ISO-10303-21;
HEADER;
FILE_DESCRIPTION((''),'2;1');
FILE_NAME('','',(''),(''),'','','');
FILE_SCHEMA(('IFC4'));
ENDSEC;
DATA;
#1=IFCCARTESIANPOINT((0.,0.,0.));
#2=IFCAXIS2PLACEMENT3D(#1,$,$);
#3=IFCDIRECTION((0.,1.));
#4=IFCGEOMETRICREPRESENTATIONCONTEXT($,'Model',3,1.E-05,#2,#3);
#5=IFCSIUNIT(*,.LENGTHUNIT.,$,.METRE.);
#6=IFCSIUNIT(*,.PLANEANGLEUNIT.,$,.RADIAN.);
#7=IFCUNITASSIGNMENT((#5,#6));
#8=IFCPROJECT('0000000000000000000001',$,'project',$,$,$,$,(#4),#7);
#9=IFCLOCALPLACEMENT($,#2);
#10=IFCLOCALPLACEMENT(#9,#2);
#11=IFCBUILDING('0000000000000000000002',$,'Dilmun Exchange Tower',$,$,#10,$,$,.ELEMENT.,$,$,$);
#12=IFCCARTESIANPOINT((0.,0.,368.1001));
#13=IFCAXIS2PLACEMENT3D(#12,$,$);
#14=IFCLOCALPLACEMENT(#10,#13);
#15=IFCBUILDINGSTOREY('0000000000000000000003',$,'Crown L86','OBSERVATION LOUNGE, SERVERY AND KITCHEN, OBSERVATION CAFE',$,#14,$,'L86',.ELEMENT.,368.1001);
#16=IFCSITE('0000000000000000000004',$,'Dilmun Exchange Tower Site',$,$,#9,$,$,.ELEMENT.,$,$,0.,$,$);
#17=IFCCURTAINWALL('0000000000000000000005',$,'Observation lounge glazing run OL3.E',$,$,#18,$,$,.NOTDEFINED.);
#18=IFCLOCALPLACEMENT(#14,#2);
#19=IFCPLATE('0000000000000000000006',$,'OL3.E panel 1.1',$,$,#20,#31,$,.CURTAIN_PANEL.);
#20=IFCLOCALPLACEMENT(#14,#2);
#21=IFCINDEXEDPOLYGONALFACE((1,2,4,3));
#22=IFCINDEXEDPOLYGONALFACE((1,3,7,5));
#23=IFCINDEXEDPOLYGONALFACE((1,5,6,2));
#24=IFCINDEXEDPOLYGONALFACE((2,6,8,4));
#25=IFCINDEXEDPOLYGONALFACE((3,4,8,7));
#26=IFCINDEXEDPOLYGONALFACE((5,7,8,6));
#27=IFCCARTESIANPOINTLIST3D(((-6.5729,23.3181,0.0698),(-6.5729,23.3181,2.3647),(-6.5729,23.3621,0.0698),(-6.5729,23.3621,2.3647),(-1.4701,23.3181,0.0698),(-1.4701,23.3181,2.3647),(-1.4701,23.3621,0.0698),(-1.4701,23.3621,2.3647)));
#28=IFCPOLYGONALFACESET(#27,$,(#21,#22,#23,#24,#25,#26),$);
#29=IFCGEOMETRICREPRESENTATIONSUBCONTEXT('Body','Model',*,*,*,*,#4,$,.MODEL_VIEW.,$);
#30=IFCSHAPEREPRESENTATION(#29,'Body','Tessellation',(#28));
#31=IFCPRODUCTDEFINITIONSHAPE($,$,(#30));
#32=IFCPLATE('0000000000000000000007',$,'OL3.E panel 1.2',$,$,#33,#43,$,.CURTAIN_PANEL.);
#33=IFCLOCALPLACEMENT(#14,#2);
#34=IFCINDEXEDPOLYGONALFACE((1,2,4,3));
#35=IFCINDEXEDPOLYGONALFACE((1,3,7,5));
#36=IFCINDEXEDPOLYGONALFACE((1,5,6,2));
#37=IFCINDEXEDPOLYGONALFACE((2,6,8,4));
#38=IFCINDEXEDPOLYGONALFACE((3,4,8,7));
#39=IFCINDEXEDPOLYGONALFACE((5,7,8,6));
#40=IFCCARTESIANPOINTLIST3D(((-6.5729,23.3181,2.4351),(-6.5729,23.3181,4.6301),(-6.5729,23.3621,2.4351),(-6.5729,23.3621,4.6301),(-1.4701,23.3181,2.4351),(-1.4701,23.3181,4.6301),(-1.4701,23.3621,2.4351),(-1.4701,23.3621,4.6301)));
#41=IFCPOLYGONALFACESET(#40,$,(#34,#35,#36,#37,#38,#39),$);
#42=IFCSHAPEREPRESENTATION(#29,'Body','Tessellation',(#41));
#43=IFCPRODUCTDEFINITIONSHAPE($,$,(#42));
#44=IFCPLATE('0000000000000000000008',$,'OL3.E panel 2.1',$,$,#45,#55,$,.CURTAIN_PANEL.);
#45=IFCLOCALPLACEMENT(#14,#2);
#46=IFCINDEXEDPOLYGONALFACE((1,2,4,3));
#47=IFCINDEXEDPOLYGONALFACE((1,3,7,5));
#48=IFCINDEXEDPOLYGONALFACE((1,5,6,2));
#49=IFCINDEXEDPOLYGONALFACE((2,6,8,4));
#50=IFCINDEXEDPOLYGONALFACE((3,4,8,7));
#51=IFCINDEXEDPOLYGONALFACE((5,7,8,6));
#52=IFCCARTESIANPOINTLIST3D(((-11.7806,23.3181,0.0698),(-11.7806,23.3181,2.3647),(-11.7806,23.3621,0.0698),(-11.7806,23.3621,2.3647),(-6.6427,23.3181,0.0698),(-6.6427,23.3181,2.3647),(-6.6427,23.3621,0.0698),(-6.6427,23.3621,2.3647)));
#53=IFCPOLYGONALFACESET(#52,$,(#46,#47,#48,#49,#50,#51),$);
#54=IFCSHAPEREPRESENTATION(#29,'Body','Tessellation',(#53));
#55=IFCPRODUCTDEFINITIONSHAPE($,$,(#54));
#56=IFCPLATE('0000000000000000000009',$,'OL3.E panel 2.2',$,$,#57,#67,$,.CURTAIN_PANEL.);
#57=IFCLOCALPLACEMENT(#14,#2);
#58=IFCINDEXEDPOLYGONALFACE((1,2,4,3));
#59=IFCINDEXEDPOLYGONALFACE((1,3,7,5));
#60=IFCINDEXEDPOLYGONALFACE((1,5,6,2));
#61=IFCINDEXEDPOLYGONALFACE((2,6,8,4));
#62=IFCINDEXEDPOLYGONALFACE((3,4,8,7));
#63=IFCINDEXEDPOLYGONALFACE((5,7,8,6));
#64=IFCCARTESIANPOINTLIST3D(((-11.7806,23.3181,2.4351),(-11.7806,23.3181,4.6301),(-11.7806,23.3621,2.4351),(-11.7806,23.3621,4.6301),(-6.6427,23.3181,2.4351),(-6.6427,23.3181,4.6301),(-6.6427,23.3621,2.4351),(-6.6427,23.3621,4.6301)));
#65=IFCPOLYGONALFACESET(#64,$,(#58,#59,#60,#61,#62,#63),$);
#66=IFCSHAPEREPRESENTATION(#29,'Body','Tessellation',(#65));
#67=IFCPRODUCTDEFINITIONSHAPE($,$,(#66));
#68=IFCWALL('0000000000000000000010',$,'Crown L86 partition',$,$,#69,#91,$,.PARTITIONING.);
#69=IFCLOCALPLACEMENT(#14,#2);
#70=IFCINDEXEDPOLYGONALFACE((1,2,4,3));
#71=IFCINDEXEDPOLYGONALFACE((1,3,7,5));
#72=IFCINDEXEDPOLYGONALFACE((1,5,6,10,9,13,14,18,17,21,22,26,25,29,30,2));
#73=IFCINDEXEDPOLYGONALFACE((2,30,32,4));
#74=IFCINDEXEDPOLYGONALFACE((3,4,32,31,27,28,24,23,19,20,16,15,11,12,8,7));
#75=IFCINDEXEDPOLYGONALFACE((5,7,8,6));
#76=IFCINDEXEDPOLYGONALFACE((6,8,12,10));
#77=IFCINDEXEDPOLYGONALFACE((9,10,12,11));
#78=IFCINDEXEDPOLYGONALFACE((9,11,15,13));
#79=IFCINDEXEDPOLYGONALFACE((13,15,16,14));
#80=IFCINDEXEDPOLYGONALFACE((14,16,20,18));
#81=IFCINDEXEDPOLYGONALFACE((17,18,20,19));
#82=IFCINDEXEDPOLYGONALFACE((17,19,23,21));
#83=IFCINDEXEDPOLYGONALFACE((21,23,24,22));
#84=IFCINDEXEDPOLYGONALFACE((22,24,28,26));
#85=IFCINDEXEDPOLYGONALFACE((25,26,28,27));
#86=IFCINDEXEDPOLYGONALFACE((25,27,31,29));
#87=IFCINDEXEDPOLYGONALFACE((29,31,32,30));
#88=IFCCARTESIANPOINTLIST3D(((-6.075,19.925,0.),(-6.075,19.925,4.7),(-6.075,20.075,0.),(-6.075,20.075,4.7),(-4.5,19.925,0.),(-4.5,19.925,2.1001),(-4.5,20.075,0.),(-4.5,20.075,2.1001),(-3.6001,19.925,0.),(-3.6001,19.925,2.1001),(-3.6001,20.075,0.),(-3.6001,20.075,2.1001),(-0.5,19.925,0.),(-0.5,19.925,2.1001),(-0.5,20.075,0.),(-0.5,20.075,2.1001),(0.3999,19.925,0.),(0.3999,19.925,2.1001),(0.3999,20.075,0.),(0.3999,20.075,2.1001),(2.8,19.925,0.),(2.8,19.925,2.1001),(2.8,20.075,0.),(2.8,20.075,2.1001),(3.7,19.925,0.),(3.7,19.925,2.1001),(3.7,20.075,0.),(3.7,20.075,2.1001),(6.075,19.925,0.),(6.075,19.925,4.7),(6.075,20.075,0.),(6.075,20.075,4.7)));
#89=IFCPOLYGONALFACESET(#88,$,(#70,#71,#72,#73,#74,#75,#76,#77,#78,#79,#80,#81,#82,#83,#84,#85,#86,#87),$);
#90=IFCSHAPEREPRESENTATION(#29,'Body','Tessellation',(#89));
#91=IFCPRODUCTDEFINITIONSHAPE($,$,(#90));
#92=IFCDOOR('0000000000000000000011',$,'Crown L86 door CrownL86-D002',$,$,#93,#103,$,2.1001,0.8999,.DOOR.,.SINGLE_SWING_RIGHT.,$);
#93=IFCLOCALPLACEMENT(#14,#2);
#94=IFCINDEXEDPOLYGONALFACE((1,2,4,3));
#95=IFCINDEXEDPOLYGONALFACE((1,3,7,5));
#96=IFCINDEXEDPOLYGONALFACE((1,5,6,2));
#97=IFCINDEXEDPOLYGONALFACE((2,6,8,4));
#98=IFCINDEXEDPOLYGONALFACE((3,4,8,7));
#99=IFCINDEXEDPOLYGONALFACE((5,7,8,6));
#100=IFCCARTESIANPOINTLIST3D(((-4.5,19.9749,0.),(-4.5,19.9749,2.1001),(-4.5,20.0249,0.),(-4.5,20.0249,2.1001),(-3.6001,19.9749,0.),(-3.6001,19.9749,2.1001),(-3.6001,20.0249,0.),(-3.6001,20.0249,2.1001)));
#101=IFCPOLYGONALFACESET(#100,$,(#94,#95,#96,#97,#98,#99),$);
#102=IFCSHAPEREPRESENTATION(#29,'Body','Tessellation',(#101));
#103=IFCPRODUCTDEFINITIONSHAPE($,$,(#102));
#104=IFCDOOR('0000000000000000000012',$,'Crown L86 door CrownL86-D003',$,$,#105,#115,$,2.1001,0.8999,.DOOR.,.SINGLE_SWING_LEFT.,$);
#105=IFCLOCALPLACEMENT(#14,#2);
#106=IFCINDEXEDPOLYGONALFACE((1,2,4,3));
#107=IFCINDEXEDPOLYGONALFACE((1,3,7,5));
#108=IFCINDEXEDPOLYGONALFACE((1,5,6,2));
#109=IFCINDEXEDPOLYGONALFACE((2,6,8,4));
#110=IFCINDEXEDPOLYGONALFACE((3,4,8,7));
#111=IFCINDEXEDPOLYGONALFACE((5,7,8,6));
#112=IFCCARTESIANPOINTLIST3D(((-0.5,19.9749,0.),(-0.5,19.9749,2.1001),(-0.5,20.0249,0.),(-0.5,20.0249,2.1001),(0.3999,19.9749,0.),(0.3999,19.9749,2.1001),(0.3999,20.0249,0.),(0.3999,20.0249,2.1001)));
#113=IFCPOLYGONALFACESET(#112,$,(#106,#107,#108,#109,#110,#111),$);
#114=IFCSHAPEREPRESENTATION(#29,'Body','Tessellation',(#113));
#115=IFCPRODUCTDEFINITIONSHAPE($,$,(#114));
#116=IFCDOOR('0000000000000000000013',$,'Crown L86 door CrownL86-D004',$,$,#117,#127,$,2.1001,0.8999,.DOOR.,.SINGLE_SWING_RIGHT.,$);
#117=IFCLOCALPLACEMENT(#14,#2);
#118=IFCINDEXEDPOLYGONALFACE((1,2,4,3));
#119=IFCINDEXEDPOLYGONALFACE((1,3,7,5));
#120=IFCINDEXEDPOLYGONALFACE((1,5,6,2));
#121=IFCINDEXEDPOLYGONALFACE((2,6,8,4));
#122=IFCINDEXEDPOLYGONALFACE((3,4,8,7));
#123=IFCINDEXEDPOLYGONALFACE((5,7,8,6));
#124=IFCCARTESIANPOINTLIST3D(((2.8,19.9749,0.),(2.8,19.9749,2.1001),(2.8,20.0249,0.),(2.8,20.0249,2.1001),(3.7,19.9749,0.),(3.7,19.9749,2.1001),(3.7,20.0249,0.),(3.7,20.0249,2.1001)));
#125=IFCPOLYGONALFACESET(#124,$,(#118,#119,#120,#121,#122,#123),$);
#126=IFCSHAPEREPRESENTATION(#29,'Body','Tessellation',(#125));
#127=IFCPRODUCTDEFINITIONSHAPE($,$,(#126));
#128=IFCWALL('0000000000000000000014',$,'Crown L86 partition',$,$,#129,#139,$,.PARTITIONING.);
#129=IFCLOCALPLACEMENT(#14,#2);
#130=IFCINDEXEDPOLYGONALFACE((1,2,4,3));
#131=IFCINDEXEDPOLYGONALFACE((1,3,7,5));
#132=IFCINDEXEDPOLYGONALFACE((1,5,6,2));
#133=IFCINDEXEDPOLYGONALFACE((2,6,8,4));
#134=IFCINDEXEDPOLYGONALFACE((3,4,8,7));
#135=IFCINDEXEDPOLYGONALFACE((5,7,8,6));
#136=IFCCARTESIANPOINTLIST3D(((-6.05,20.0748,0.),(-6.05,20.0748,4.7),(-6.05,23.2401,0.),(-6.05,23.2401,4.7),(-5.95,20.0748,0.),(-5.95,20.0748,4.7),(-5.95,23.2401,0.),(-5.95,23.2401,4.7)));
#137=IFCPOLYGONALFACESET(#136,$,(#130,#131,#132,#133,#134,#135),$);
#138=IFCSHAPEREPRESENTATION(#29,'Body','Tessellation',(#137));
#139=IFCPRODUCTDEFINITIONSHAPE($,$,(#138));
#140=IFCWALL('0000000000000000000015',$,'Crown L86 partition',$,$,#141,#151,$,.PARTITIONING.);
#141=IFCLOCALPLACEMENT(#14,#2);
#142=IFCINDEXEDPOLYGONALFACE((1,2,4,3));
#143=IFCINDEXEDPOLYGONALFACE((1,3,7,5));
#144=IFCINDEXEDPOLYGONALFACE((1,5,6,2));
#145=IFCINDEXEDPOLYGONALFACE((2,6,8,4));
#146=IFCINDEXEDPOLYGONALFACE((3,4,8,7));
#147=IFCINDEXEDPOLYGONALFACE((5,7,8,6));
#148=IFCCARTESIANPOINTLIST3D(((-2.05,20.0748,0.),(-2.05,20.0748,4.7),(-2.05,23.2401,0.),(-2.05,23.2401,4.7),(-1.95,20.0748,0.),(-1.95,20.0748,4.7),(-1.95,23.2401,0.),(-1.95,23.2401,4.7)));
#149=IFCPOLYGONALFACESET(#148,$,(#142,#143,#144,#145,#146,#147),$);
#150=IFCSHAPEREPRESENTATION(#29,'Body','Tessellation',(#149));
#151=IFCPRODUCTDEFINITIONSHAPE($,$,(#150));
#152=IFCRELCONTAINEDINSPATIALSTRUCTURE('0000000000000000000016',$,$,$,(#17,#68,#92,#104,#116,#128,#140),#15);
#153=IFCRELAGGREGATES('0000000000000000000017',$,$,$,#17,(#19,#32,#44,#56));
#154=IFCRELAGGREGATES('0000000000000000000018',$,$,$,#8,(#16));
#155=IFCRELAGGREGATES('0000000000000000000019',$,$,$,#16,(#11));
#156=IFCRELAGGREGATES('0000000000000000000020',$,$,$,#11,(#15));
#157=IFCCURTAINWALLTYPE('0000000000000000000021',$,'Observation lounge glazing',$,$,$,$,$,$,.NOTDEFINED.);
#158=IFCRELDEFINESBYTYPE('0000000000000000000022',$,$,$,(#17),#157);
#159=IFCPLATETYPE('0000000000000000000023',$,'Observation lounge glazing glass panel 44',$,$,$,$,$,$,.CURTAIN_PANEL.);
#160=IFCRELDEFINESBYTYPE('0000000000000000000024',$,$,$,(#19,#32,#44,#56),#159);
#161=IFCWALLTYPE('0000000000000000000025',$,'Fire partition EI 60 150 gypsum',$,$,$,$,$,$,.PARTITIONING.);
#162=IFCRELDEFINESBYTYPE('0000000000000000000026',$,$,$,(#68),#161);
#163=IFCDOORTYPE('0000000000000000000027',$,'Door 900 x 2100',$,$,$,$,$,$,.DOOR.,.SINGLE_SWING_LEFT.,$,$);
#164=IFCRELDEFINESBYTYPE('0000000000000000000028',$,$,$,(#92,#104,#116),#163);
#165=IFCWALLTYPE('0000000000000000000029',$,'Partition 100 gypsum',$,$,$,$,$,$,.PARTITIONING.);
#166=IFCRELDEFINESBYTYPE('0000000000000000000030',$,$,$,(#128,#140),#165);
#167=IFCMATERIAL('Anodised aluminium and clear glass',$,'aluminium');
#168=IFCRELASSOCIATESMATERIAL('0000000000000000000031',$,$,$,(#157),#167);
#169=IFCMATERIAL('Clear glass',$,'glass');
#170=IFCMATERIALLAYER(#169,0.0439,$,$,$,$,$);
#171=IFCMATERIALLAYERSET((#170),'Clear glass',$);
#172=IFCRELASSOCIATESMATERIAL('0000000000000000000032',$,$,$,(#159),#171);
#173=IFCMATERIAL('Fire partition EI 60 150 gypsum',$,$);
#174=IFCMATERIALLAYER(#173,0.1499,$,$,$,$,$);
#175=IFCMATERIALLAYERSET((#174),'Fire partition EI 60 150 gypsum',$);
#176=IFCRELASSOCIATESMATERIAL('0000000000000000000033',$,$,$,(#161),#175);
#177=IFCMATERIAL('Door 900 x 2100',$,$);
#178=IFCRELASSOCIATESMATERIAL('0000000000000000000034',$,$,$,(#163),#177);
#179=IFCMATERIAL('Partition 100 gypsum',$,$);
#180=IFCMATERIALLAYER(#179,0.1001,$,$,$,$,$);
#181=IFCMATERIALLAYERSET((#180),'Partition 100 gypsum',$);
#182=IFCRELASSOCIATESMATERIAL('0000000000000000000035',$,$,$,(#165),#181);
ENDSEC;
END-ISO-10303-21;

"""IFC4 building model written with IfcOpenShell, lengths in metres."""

from ifc_helpers import new_model, si_unit, direction, frame, frame_2d, origin, origin_2d, place, context, subcontext, project, spatial, rectangle, extrude, material, layer, layer_set, type_object, element, fill, aggregate, save


model = new_model("IFC4")

# Units and contexts
model_context = context("Model", 3, precision=1e-05, world=origin(), true_north=direction((0.0, 1.0)))
body_context = subcontext(model_context, "Body", "Model", "MODEL_VIEW")
ifc_project = project(units=[si_unit("LENGTHUNIT", "METRE"), si_unit("PLANEANGLEUNIT", "RADIAN")], contexts=[model_context])

# Site, building, storey
site_placement = place(None, origin())
site = spatial("IfcSite", under=ifc_project, at=site_placement, Name="Dilmun Exchange Tower Site", CompositionType="ELEMENT", RefElevation=0.0)
building_placement = place(site_placement, origin())
building = spatial("IfcBuilding", under=site, at=building_placement, Name="Dilmun Exchange Tower", CompositionType="ELEMENT")
storey_placement = place(building_placement, frame((0.0, 0.0, 368.1001)))
storey = spatial("IfcBuildingStorey", under=building, at=storey_placement, Name="Crown L86", Description="OBSERVATION LOUNGE, SERVERY AND KITCHEN, OBSERVATION CAFE", LongName="L86", CompositionType="ELEMENT", Elevation=368.1001)

# Curtain wall
ifc_material_1 = material(Name="Anodised aluminium and clear glass", Category="aluminium")
curtain_wall_type = type_object("IfcCurtainWallType", Name="Observation lounge glazing", PredefinedType="NOTDEFINED", material=ifc_material_1)
curtain_wall_placement = place(storey_placement, origin())
curtain_wall = element("IfcCurtainWall", 1, at=curtain_wall_placement, inside=storey, type_object=curtain_wall_type, Name="Observation lounge glazing run OL3.E", PredefinedType="NOTDEFINED")

# Plates
ifc_material_2 = material(Name="Clear glass", Category="glass")
ifc_layer_1 = layer(ifc_material_2, 0.0439)
ifc_layer_set_1 = layer_set([ifc_layer_1], Name="Clear glass")
plate_type = type_object("IfcPlateType", Name="Observation lounge glazing glass panel 44", PredefinedType="CURTAIN_PANEL", material=ifc_layer_set_1)
plate_1_placement = place(storey_placement, frame((-4.0215, 23.3401, 0.0698), z_axis=(0.0, 0.0, 1.0), x_axis=(-1.0, 0.0, 0.0)))
plate_1 = element("IfcPlate", 2, at=plate_1_placement, type_object=plate_type, Name="OL3.E panel 1.1", PredefinedType="CURTAIN_PANEL", context=body_context, shape_type="SweptSolid", body=[
    extrude(rectangle(XDim=5.1028, YDim=0.0439, at=origin_2d()), origin(), (0.0, 0.0, 1.0), 2.2949),
])
plate_2_placement = place(storey_placement, frame((-4.0215, 23.3401, 2.4351), z_axis=(0.0, 0.0, 1.0), x_axis=(-1.0, 0.0, 0.0)))
plate_2 = element("IfcPlate", 3, at=plate_2_placement, type_object=plate_type, Name="OL3.E panel 1.2", PredefinedType="CURTAIN_PANEL", context=body_context, shape_type="SweptSolid", body=[
    extrude(rectangle(XDim=5.1028, YDim=0.0439, at=origin_2d()), origin(), (0.0, 0.0, 1.0), 2.1951),
])
plate_3_placement = place(storey_placement, frame((-9.2117, 23.3401, 0.0698), z_axis=(0.0, 0.0, 1.0), x_axis=(-1.0, 0.0, 0.0)))
plate_3 = element("IfcPlate", 4, at=plate_3_placement, type_object=plate_type, Name="OL3.E panel 2.1", PredefinedType="CURTAIN_PANEL", context=body_context, shape_type="SweptSolid", body=[
    extrude(rectangle(XDim=5.1379, YDim=0.0439, at=origin_2d()), origin(), (0.0, 0.0, 1.0), 2.2949),
])
plate_4_placement = place(storey_placement, frame((-9.2117, 23.3401, 2.4351), z_axis=(0.0, 0.0, 1.0), x_axis=(-1.0, 0.0, 0.0)))
plate_4 = element("IfcPlate", 5, at=plate_4_placement, type_object=plate_type, Name="OL3.E panel 2.2", PredefinedType="CURTAIN_PANEL", context=body_context, shape_type="SweptSolid", body=[
    extrude(rectangle(XDim=5.1379, YDim=0.0439, at=origin_2d()), origin(), (0.0, 0.0, 1.0), 2.1951),
])
aggregate(curtain_wall, [plate_1, plate_2, plate_3, plate_4])

# Wall, openings, doors
ifc_material_3 = material(Name="Fire partition EI 60 150 gypsum")
ifc_layer_2 = layer(ifc_material_3, 0.1499)
ifc_layer_set_2 = layer_set([ifc_layer_2], Name="Fire partition EI 60 150 gypsum")
wall_type_1 = type_object("IfcWallType", Name="Fire partition EI 60 150 gypsum", PredefinedType="PARTITIONING", material=ifc_layer_set_2)
wall_1_placement = place(storey_placement, frame((-6.075, 20.0, 0.0), z_axis=(0.0, 0.0, 1.0), x_axis=(1.0, 0.0, 0.0)))
wall_1 = element("IfcWall", 6, at=wall_1_placement, inside=storey, type_object=wall_type_1, Name="Crown L86 partition", PredefinedType="PARTITIONING", context=body_context, shape_type="SweptSolid", body=[
    extrude(rectangle(XDim=12.1499, YDim=0.1499, at=frame_2d((6.075, 0.0))), origin(), (0.0, 0.0, 1.0), 4.7),
])
opening_1_placement = place(wall_1_placement, frame((1.575, 0.0, 0.0)))
opening_1 = element("IfcOpeningElement", 7, at=opening_1_placement, cuts=wall_1, PredefinedType="OPENING", context=body_context, shape_type="SweptSolid", body=[
    extrude(rectangle(XDim=0.8999, YDim=2.1001, at=frame_2d((0.45, 1.05))), frame((0.0, 0.085, 0.0), z_axis=(0.0, -1.0, 0.0), x_axis=(1.0, 0.0, 0.0)), (0.0, 0.0, 1.0), 0.1699),
])
opening_2_placement = place(wall_1_placement, frame((5.575, 0.0, 0.0)))
opening_2 = element("IfcOpeningElement", 8, at=opening_2_placement, cuts=wall_1, PredefinedType="OPENING", context=body_context, shape_type="SweptSolid", body=[
    extrude(rectangle(XDim=0.8999, YDim=2.1001, at=frame_2d((0.45, 1.05))), frame((0.0, 0.085, 0.0), z_axis=(0.0, -1.0, 0.0), x_axis=(1.0, 0.0, 0.0)), (0.0, 0.0, 1.0), 0.1699),
])
opening_3_placement = place(wall_1_placement, frame((8.875, 0.0, 0.0)))
opening_3 = element("IfcOpeningElement", 9, at=opening_3_placement, cuts=wall_1, PredefinedType="OPENING", context=body_context, shape_type="SweptSolid", body=[
    extrude(rectangle(XDim=0.8999, YDim=2.1001, at=frame_2d((0.45, 1.05))), frame((0.0, 0.085, 0.0), z_axis=(0.0, -1.0, 0.0), x_axis=(1.0, 0.0, 0.0)), (0.0, 0.0, 1.0), 0.1699),
])
ifc_material_4 = material(Name="Door 900 x 2100")
door_type_1 = type_object("IfcDoorType", Name="Door 900 x 2100", OperationType="SINGLE_SWING_LEFT", PredefinedType="DOOR", material=ifc_material_4)
door_1_placement = place(opening_1_placement, origin())
door_1 = element("IfcDoor", 10, at=door_1_placement, inside=storey, type_object=door_type_1, Name="Crown L86 door CrownL86-D002", OperationType="SINGLE_SWING_RIGHT", OverallHeight=2.1001, OverallWidth=0.8999, PredefinedType="DOOR", context=body_context, shape_type="SweptSolid", body=[
    extrude(rectangle(XDim=0.8999, YDim=2.1001, at=frame_2d((0.45, 1.05))), frame((0.0, 0.0249, 0.0), z_axis=(0.0, -1.0, 0.0), x_axis=(1.0, 0.0, 0.0)), (0.0, 0.0, 1.0), 0.05),
])
fill(opening_1, door_1)
door_2_placement = place(opening_2_placement, origin())
door_2 = element("IfcDoor", 11, at=door_2_placement, inside=storey, type_object=door_type_1, Name="Crown L86 door CrownL86-D003", OperationType="SINGLE_SWING_LEFT", OverallHeight=2.1001, OverallWidth=0.8999, PredefinedType="DOOR", context=body_context, shape_type="SweptSolid", body=[
    extrude(rectangle(XDim=0.8999, YDim=2.1001, at=frame_2d((0.45, 1.05))), frame((0.0, 0.0249, 0.0), z_axis=(0.0, -1.0, 0.0), x_axis=(1.0, 0.0, 0.0)), (0.0, 0.0, 1.0), 0.05),
])
fill(opening_2, door_2)
door_3_placement = place(opening_3_placement, origin())
door_3 = element("IfcDoor", 12, at=door_3_placement, inside=storey, type_object=door_type_1, Name="Crown L86 door CrownL86-D004", OperationType="SINGLE_SWING_RIGHT", OverallHeight=2.1001, OverallWidth=0.8999, PredefinedType="DOOR", context=body_context, shape_type="SweptSolid", body=[
    extrude(rectangle(XDim=0.8999, YDim=2.1001, at=frame_2d((0.45, 1.05))), frame((0.0, 0.0249, 0.0), z_axis=(0.0, -1.0, 0.0), x_axis=(1.0, 0.0, 0.0)), (0.0, 0.0, 1.0), 0.05),
])
fill(opening_3, door_3)

# Walls
ifc_material_5 = material(Name="Partition 100 gypsum")
ifc_layer_3 = layer(ifc_material_5, 0.1001)
ifc_layer_set_3 = layer_set([ifc_layer_3], Name="Partition 100 gypsum")
wall_type_2 = type_object("IfcWallType", Name="Partition 100 gypsum", PredefinedType="PARTITIONING", material=ifc_layer_set_3)
for number, where, z_axis, x_axis, name in (
    (13, (-6.0, 20.075, 0.0), (0.0, 0.0, 1.0), (0.0, 1.0, 0.0), "Crown L86 partition"),
    (14, (-2.0, 20.075, 0.0), (0.0, 0.0, 1.0), (0.0, 1.0, 0.0), "Crown L86 partition"),
):
    element("IfcWall", number, at=place(storey_placement, frame(where, z_axis=z_axis, x_axis=x_axis)), inside=storey, type_object=wall_type_2, Name=name, PredefinedType="PARTITIONING", context=body_context, shape_type="SweptSolid", body=[
        extrude(rectangle(XDim=3.1653, YDim=0.1001, at=frame_2d((1.5825, 0.0))), origin(), (0.0, 0.0, 1.0), 4.7),
    ])

save(model, "model.ifc")
